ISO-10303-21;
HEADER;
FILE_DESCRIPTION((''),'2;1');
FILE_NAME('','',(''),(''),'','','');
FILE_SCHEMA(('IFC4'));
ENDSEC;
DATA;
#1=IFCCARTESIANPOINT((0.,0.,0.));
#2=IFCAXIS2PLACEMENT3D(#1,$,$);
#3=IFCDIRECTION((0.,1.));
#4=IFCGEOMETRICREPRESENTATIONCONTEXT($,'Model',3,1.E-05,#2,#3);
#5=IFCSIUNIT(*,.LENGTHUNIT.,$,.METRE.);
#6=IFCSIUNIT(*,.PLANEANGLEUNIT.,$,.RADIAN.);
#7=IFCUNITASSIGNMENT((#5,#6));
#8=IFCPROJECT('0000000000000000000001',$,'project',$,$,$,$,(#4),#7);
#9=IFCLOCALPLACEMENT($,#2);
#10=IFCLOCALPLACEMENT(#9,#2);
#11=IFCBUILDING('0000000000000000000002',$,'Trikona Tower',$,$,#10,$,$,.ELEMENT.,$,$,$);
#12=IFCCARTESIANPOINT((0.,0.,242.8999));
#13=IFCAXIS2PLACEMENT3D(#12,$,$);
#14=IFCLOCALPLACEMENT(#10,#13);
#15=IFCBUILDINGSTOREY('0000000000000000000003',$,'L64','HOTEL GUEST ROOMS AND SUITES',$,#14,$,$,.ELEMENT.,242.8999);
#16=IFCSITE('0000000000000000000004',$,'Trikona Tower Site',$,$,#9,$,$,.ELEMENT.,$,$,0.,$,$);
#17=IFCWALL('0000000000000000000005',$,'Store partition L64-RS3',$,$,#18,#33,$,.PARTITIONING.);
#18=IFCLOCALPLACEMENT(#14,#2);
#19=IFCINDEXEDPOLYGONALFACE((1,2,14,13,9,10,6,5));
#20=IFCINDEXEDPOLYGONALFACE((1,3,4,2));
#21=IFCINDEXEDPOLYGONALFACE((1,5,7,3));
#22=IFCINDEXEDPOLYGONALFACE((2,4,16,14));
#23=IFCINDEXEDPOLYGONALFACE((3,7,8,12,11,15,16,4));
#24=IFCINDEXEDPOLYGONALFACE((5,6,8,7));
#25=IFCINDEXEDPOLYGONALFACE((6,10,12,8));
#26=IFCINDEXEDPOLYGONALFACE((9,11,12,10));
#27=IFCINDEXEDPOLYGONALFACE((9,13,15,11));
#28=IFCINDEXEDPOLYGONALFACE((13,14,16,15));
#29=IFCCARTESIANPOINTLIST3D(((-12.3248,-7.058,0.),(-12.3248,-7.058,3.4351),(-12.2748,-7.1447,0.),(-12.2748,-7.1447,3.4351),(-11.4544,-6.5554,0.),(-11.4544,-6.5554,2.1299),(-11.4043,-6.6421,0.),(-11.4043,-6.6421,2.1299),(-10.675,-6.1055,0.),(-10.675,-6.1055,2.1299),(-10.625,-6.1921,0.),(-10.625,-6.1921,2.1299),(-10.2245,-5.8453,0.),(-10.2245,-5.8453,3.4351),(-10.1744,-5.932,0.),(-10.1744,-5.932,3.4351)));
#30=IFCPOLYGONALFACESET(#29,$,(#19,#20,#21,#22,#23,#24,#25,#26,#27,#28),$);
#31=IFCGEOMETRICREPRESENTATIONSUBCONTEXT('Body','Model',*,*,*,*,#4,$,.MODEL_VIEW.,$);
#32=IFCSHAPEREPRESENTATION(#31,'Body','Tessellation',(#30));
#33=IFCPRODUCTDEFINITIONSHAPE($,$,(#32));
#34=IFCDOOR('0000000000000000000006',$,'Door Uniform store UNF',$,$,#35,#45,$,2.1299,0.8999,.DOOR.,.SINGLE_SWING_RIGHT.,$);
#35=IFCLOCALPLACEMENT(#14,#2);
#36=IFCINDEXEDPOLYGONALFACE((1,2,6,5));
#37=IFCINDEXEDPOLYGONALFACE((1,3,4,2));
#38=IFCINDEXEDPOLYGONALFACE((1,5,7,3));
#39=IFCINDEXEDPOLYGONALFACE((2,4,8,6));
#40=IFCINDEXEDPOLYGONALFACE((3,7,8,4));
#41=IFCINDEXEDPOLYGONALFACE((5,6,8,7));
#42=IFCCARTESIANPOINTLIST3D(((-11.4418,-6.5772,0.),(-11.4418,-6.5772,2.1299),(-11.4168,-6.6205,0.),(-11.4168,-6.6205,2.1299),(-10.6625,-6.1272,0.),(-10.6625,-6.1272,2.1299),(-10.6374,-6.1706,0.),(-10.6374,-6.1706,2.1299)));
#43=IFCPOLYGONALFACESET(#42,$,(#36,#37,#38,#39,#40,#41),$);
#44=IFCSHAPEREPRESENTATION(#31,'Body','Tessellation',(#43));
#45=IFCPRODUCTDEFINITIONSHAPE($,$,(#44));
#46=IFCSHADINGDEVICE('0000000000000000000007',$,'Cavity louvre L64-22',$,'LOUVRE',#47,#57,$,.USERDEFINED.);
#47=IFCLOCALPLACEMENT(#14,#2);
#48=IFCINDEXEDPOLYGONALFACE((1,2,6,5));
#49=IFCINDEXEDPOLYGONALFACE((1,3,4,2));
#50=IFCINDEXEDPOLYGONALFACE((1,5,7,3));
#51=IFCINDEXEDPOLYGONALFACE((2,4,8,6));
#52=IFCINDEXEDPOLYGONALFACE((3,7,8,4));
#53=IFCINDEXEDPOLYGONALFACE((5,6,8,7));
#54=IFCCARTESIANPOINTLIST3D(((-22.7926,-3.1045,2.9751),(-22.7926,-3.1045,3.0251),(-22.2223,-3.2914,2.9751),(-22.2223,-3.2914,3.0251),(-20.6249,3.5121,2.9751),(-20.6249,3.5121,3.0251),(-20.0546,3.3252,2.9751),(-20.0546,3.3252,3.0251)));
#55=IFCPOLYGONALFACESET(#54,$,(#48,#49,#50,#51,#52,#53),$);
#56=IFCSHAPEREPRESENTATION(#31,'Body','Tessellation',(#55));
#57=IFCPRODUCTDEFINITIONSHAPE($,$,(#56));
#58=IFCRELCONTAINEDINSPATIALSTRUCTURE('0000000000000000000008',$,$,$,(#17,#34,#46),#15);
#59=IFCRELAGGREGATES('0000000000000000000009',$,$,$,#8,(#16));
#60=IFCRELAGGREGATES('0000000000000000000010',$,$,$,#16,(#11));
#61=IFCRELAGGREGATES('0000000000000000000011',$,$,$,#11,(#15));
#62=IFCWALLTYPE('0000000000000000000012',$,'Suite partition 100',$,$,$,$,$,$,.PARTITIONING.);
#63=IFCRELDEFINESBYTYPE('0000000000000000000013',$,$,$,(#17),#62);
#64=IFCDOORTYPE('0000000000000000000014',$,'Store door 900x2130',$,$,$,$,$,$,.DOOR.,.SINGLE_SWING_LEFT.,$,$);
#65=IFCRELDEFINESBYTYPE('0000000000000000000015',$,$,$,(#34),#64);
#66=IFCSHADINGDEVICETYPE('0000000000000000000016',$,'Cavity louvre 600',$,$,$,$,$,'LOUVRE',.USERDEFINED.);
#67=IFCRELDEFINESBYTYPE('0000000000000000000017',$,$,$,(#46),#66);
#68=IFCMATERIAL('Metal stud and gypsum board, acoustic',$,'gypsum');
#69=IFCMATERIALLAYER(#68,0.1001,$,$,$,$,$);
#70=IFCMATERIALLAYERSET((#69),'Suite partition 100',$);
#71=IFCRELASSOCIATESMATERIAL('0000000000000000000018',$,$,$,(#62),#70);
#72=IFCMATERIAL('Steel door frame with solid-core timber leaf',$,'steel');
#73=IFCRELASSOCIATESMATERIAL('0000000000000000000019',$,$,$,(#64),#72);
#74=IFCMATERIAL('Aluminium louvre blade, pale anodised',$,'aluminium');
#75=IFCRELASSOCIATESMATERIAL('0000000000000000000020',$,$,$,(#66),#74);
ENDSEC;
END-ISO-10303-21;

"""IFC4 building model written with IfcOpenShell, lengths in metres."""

from ifc_helpers import new_model, si_unit, direction, frame, frame_2d, origin, origin_2d, place, context, subcontext, project, spatial, rectangle, extrude, material, layer, layer_set, type_object, element, fill, save


model = new_model("IFC4")

# Units and contexts
model_context = context("Model", 3, precision=1e-05, world=origin(), true_north=direction((0.0, 1.0)))
body_context = subcontext(model_context, "Body", "Model", "MODEL_VIEW")
ifc_project = project(units=[si_unit("LENGTHUNIT", "METRE"), si_unit("PLANEANGLEUNIT", "RADIAN")], contexts=[model_context])

# Site, building, storey
site_placement = place(None, origin())
site = spatial("IfcSite", under=ifc_project, at=site_placement, Name="Trikona Tower Site", CompositionType="ELEMENT", RefElevation=0.0)
building_placement = place(site_placement, origin())
building = spatial("IfcBuilding", under=site, at=building_placement, Name="Trikona Tower", CompositionType="ELEMENT")
storey_placement = place(building_placement, frame((0.0, 0.0, 242.8999)))
storey = spatial("IfcBuildingStorey", under=building, at=storey_placement, Name="L64", Description="HOTEL GUEST ROOMS AND SUITES", CompositionType="ELEMENT", Elevation=242.8999)

# Wall, opening, door
ifc_material_1 = material(Name="Metal stud and gypsum board, acoustic", Category="gypsum")
ifc_layer_1 = layer(ifc_material_1, 0.1001)
ifc_layer_set_1 = layer_set([ifc_layer_1], Name="Suite partition 100")
wall_type_1 = type_object("IfcWallType", Name="Suite partition 100", PredefinedType="PARTITIONING", material=ifc_layer_set_1)
ifc_material_2 = material(Name="Steel door frame with solid-core timber leaf", Category="steel")
door_type_1 = type_object("IfcDoorType", Name="Store door 900x2130", OperationType="SINGLE_SWING_LEFT", PredefinedType="DOOR", material=ifc_material_2)
wall_1_placement = place(storey_placement, frame((-12.2998, -7.1013, 0.0), z_axis=(0.0, 0.0, 1.0), x_axis=(0.866023, 0.500004, 0.0)))
wall_1 = element("IfcWall", 1, at=wall_1_placement, inside=storey, type_object=wall_type_1, Name="Store partition L64-RS3", PredefinedType="PARTITIONING", context=body_context, shape_type="SweptSolid", body=[
    extrude(rectangle(XDim=2.4253, YDim=0.1001, at=frame_2d((1.2126, 0.0))), origin(), (0.0, 0.0, 1.0), 3.4351),
])
opening_1_placement = place(wall_1_placement, frame((1.0051, 0.0, 0.0)))
opening_1 = element("IfcOpeningElement", 2, at=opening_1_placement, cuts=wall_1, PredefinedType="OPENING", context=body_context, shape_type="SweptSolid", body=[
    extrude(rectangle(XDim=0.8999, YDim=2.1299, at=frame_2d((0.45, 1.0649))), frame((0.0, 0.0601, 0.0), z_axis=(0.0, -1.0, 0.0), x_axis=(1.0, 0.0, 0.0)), (0.0, 0.0, 1.0), 0.1201),
])
door_1_placement = place(opening_1_placement, origin())
door_1 = element("IfcDoor", 3, at=door_1_placement, inside=storey, type_object=door_type_1, Name="Door Uniform store UNF", OperationType="SINGLE_SWING_RIGHT", OverallHeight=2.1299, OverallWidth=0.8999, PredefinedType="DOOR", context=body_context, shape_type="SweptSolid", body=[
    extrude(rectangle(XDim=0.8999, YDim=2.1299, at=frame_2d((0.45, 1.0649))), frame((0.0, 0.0249, 0.0), z_axis=(0.0, -1.0, 0.0), x_axis=(1.0, 0.0, 0.0)), (0.0, 0.0, 1.0), 0.05),
])
fill(opening_1, door_1)

# Shading device
ifc_material_3 = material(Name="Aluminium louvre blade, pale anodised", Category="aluminium")
shading_device_type = type_object("IfcShadingDeviceType", Name="Cavity louvre 600", ElementType="LOUVRE", PredefinedType="USERDEFINED", material=ifc_material_3)
shading_device_placement = place(storey_placement, frame((-21.4236, 0.1104, 2.9751), z_axis=(0.0, 0.0, 1.0), x_axis=(-0.311337, -0.9503, 0.0)))
element("IfcShadingDevice", 4, at=shading_device_placement, inside=storey, type_object=shading_device_type, Name="Cavity louvre L64-22", ObjectType="LOUVRE", PredefinedType="USERDEFINED", context=body_context, shape_type="SweptSolid", body=[
    extrude(rectangle(XDim=6.9626, YDim=0.6001, at=origin_2d()), origin(), (0.0, 0.0, 1.0), 0.05),
])

save(model, "model.ifc")
